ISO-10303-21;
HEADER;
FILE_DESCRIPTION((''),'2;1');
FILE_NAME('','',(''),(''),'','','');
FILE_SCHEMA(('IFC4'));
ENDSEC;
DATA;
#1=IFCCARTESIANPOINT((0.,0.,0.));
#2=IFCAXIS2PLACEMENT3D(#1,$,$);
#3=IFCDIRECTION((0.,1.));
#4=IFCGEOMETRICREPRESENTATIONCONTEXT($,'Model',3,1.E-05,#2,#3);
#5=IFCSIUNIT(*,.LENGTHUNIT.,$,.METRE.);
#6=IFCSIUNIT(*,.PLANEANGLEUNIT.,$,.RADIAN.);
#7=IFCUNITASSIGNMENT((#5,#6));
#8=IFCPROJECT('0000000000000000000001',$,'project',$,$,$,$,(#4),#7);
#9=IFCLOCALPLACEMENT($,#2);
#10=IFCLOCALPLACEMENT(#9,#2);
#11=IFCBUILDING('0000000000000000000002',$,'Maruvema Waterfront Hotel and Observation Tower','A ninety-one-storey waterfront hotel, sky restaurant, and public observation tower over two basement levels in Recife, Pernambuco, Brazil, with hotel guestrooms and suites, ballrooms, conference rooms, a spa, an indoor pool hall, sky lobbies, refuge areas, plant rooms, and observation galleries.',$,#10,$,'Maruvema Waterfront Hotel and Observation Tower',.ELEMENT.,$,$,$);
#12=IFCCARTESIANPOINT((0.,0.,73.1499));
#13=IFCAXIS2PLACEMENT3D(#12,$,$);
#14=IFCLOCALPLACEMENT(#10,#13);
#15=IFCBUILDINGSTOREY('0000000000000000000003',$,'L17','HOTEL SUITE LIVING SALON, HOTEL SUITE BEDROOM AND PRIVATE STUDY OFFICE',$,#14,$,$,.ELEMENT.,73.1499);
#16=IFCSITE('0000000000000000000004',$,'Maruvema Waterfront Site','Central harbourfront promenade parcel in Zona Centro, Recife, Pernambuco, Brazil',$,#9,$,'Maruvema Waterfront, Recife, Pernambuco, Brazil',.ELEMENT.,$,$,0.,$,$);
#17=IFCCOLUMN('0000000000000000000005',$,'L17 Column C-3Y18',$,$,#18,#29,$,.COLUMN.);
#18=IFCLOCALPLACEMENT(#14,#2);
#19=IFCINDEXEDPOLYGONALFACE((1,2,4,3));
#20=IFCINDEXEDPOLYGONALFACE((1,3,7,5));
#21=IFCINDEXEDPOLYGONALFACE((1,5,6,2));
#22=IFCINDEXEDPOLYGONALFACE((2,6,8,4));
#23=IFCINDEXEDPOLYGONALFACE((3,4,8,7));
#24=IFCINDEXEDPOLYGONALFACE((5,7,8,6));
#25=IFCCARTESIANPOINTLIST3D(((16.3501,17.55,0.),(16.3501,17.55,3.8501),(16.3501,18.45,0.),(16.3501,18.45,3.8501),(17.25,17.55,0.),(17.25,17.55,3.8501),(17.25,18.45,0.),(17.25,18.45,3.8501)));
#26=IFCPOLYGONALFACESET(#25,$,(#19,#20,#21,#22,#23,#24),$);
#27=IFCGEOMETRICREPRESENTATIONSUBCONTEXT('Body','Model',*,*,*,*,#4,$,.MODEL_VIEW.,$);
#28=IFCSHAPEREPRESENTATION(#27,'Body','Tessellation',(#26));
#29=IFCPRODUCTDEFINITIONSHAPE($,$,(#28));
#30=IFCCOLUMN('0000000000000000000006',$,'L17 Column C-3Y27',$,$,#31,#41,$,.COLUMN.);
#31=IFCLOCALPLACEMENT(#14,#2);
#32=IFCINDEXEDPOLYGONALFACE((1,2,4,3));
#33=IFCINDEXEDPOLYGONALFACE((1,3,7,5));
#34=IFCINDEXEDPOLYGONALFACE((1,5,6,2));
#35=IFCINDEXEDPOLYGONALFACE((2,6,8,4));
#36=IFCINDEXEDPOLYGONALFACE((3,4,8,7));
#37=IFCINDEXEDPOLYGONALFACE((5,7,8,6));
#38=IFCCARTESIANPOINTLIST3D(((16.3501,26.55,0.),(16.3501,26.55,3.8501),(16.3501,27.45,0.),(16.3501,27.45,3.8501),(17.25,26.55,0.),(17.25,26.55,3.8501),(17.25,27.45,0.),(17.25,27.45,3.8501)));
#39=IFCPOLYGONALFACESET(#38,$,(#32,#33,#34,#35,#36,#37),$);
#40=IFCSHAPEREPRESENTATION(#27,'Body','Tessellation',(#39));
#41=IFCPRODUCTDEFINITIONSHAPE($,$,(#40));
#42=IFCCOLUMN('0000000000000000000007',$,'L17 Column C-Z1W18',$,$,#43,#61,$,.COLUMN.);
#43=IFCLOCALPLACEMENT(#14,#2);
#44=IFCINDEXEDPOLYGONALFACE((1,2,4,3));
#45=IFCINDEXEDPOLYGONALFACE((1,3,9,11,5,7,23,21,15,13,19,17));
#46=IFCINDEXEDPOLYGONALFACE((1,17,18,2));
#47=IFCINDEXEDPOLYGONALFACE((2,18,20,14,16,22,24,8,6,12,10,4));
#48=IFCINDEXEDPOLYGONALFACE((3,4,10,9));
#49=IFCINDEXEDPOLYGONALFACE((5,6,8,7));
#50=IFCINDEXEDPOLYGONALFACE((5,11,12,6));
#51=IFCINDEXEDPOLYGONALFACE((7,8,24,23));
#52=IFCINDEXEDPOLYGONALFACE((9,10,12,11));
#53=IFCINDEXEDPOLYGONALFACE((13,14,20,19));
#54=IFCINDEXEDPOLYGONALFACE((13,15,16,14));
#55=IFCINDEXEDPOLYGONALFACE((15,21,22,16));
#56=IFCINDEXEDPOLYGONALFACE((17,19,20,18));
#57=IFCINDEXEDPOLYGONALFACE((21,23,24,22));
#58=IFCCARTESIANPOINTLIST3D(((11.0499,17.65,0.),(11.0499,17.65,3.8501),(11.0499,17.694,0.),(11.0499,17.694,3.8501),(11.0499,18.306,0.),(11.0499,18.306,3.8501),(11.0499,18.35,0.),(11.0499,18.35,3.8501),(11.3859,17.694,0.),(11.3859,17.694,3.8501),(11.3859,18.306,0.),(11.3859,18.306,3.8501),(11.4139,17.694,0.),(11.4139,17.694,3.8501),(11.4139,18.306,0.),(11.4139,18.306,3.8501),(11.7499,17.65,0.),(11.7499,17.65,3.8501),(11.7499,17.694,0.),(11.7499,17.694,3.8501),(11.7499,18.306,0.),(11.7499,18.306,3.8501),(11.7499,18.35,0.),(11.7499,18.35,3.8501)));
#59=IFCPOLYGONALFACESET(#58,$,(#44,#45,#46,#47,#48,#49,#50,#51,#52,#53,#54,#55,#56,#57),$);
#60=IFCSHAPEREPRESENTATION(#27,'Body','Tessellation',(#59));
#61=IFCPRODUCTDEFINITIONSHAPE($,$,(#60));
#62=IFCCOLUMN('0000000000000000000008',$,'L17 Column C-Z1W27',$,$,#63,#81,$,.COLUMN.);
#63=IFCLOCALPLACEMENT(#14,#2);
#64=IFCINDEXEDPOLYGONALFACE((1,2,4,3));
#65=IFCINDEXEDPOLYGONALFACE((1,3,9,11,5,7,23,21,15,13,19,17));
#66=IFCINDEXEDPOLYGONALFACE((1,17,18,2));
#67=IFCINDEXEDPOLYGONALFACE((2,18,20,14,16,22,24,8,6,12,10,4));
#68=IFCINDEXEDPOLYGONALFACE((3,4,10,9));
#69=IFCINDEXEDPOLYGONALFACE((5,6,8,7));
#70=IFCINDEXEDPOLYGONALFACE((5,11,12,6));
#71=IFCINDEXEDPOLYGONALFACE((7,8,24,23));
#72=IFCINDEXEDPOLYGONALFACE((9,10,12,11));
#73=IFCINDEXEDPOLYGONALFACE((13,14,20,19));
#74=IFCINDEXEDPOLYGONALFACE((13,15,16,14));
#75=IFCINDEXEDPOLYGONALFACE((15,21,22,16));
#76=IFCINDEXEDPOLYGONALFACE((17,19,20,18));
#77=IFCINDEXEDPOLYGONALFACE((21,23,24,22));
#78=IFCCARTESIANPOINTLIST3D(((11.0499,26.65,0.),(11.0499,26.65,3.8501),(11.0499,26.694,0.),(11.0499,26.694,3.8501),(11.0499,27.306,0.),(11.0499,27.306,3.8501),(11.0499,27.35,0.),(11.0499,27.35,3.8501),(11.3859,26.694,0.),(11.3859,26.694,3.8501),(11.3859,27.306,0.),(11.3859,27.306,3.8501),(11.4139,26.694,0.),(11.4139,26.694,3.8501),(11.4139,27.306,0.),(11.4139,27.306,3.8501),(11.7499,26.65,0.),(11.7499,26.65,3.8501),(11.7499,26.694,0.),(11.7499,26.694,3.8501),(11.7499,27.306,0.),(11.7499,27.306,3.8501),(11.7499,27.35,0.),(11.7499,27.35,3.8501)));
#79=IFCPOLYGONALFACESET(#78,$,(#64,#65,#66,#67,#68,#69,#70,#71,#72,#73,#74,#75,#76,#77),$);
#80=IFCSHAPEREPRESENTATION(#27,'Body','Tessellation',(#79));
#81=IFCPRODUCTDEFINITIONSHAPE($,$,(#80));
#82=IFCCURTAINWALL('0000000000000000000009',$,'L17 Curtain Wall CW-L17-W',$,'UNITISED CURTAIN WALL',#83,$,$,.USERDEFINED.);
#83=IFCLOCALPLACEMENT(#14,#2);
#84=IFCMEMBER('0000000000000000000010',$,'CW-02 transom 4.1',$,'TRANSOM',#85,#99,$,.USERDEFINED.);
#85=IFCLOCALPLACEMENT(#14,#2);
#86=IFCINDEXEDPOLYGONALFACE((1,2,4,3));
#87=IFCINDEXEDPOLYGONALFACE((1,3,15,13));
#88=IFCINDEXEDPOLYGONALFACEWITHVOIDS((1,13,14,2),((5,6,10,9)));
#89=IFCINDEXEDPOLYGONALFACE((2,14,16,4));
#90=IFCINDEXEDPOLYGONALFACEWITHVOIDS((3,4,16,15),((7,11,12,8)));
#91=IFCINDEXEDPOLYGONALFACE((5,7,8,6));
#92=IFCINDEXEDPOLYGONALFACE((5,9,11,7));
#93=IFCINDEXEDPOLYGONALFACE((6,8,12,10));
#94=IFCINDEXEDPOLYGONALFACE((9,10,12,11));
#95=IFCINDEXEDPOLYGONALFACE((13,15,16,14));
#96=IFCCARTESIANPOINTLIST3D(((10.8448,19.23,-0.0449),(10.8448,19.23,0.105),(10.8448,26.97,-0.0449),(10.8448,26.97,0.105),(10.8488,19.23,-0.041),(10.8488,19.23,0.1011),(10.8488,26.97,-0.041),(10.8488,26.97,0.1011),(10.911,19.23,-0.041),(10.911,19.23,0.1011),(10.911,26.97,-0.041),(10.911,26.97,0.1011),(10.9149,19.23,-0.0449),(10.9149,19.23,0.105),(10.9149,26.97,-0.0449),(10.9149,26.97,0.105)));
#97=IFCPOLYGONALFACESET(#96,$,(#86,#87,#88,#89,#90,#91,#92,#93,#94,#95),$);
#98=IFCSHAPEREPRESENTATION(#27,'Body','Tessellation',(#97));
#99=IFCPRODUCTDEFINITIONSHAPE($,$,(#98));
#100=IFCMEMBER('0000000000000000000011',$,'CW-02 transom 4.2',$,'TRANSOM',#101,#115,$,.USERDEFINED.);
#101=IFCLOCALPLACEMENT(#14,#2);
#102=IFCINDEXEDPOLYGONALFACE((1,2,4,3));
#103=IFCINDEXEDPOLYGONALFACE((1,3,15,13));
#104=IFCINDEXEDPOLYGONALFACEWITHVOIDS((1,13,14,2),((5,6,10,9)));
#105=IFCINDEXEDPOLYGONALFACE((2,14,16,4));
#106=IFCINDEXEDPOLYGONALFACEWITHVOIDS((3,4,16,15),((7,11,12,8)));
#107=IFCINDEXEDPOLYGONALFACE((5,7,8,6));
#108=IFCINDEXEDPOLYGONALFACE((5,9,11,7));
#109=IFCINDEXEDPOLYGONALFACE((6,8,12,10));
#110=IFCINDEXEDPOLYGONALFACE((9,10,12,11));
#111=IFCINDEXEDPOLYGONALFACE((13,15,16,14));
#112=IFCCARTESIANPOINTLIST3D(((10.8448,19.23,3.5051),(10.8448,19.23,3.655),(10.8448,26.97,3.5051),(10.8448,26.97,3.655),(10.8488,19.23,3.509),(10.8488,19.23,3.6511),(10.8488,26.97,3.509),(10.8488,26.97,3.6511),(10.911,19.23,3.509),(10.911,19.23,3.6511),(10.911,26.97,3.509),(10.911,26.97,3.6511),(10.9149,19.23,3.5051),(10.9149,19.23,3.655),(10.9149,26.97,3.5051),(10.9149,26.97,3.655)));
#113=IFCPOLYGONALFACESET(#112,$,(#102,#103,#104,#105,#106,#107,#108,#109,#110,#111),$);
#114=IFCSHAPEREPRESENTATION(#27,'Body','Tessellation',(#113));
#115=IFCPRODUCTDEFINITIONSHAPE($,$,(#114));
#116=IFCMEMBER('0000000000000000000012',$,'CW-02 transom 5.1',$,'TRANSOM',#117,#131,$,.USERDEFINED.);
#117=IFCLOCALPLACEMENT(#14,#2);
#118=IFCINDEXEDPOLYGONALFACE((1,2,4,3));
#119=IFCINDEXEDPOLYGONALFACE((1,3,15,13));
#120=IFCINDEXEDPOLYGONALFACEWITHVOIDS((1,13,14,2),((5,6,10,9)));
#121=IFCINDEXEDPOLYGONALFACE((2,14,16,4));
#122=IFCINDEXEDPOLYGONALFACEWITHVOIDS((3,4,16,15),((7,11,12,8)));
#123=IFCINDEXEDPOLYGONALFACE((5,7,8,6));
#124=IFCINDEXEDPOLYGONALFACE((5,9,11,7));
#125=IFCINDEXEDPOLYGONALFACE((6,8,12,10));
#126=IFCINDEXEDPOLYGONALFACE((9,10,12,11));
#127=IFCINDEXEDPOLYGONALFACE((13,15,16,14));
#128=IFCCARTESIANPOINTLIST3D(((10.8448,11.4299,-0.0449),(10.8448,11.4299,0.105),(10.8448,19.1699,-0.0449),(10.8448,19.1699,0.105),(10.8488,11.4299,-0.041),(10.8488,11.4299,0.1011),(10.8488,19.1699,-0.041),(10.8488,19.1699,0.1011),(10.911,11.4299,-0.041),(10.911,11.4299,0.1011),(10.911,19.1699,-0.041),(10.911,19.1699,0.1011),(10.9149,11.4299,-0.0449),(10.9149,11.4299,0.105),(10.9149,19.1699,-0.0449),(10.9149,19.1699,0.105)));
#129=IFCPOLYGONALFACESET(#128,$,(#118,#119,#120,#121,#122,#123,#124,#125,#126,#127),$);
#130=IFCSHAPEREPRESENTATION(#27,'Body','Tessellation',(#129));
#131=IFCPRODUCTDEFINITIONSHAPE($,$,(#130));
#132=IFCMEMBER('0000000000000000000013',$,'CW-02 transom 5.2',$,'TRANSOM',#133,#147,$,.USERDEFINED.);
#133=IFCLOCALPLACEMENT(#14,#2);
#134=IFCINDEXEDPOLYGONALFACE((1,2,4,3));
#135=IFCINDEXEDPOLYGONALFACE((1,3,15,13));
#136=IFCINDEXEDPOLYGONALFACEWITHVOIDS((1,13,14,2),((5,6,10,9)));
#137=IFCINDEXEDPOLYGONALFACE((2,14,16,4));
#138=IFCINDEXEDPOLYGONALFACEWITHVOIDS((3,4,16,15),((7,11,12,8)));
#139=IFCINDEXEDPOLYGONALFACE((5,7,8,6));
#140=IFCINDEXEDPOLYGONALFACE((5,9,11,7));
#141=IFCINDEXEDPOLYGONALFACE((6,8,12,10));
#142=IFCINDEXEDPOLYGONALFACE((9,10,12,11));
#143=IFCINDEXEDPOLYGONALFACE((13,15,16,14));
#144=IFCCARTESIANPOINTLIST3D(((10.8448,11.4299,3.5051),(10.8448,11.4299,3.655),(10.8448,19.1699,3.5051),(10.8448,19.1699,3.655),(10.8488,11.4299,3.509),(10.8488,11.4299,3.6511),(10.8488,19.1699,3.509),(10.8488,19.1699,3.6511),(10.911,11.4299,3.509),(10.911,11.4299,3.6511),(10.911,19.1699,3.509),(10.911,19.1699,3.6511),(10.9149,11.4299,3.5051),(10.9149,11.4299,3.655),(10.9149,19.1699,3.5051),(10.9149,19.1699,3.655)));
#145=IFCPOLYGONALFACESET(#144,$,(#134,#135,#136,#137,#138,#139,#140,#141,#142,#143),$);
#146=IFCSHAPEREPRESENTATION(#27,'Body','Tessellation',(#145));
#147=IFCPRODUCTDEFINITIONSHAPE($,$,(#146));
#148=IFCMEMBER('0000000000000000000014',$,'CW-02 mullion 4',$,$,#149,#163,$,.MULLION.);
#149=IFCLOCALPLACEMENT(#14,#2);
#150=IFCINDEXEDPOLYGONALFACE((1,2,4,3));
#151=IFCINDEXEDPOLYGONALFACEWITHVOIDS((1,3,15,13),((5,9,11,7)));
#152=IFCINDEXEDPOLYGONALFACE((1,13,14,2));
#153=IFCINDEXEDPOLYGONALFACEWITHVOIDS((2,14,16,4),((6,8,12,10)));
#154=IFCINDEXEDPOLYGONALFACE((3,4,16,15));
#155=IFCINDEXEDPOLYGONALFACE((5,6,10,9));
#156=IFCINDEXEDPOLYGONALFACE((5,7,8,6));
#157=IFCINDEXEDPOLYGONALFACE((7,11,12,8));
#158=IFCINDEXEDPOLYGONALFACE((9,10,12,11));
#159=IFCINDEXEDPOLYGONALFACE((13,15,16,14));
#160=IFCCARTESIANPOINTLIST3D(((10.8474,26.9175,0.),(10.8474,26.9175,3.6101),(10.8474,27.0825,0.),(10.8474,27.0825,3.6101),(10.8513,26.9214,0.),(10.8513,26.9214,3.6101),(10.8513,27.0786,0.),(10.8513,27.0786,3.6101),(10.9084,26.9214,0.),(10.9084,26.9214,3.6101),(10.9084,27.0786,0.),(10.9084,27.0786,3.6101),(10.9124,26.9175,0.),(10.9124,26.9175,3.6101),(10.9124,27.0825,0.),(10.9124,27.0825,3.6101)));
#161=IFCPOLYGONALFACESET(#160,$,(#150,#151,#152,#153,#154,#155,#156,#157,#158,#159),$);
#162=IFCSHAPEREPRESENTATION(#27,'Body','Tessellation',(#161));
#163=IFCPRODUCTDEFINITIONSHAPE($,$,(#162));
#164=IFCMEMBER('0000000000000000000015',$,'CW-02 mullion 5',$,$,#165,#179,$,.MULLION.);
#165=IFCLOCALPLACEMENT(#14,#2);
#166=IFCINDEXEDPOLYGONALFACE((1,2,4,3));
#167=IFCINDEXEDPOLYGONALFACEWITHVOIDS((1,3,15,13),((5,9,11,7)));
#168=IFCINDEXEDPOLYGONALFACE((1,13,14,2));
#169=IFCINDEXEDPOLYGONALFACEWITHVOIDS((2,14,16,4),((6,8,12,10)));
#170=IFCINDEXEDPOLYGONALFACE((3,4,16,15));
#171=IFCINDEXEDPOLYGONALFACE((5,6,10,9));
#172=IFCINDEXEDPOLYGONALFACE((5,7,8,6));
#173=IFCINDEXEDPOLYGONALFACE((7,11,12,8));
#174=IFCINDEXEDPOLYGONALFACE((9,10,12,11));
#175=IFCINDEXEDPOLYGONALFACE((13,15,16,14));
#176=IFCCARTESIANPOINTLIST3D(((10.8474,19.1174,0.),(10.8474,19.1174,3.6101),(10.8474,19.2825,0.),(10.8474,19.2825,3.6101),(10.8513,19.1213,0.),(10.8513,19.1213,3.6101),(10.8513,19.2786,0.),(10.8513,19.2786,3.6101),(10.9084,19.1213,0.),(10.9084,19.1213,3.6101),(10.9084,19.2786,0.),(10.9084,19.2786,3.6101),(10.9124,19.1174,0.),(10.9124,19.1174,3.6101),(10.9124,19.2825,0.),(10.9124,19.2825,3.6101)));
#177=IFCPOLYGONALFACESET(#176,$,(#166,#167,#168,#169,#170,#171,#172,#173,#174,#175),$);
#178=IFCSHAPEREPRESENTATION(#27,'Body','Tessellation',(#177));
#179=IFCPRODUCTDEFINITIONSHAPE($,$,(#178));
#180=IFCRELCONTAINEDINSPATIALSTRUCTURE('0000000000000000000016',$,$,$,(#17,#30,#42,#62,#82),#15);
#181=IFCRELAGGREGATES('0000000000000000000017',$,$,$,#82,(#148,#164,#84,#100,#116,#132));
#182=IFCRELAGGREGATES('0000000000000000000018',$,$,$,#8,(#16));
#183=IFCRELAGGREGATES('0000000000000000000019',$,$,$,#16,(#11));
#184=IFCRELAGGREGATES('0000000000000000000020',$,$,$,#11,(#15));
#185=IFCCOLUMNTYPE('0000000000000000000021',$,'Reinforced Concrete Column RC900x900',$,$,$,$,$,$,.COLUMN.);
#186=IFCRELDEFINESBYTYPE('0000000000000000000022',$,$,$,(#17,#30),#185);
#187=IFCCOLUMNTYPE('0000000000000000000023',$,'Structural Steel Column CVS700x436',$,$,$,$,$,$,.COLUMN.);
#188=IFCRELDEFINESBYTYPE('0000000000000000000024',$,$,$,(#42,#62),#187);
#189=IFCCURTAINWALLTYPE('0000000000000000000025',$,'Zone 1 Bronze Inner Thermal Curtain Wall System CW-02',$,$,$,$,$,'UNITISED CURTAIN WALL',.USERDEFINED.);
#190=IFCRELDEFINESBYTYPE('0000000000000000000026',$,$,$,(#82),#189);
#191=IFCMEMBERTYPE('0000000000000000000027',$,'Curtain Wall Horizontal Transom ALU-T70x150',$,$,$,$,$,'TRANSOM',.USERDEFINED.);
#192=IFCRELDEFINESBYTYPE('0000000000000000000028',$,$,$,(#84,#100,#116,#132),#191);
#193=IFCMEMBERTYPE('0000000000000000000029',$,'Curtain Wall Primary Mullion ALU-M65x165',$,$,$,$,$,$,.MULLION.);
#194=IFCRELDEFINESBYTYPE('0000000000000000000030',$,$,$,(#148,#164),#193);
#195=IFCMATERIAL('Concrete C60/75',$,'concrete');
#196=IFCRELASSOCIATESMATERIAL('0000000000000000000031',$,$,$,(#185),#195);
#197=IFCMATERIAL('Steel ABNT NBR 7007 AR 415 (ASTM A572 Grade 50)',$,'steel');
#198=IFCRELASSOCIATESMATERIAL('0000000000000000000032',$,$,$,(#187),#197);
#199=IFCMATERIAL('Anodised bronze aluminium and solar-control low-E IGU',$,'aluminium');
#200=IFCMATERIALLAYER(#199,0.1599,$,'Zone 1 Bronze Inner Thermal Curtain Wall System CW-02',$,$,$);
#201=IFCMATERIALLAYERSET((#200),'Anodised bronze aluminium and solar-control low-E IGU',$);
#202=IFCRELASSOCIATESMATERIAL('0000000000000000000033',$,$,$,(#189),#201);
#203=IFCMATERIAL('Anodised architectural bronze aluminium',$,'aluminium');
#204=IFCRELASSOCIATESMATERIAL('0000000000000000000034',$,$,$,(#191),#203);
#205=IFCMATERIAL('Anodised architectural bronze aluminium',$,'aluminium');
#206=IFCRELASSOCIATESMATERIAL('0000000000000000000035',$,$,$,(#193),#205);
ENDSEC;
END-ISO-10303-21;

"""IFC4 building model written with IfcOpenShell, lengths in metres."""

from ifc_helpers import new_model, si_unit, direction, frame, origin, origin_2d, place, context, subcontext, project, spatial, rectangle, hollow_rectangle, i_section, extrude, material, layer, layer_set, material_profile, profile_set, type_object, element, aggregate, save


model = new_model("IFC4")

# Units and contexts
model_context = context("Model", 3, precision=1e-05, world=origin(), true_north=direction((0.0, 1.0)))
body_context = subcontext(model_context, "Body", "Model", "MODEL_VIEW")
ifc_project = project(units=[si_unit("LENGTHUNIT", "METRE"), si_unit("PLANEANGLEUNIT", "RADIAN")], contexts=[model_context])

# Site, building, storey
site_placement = place(None, origin())
site = spatial("IfcSite", under=ifc_project, at=site_placement, Name="Maruvema Waterfront Site", Description="Central harbourfront promenade parcel in Zona Centro, Recife, Pernambuco, Brazil", LongName="Maruvema Waterfront, Recife, Pernambuco, Brazil", CompositionType="ELEMENT", RefElevation=0.0)
building_placement = place(site_placement, origin())
building = spatial("IfcBuilding", under=site, at=building_placement, Name="Maruvema Waterfront Hotel and Observation Tower", Description="A ninety-one-storey waterfront hotel, sky restaurant, and public observation tower over two basement levels in Recife, Pernambuco, Brazil, with hotel guestrooms and suites, ballrooms, conference rooms, a spa, an indoor pool hall, sky lobbies, refuge areas, plant rooms, and observation galleries.", LongName="Maruvema Waterfront Hotel and Observation Tower", CompositionType="ELEMENT")
storey_placement = place(building_placement, frame((0.0, 0.0, 73.1499)))
storey = spatial("IfcBuildingStorey", under=building, at=storey_placement, Name="L17", Description="HOTEL SUITE LIVING SALON, HOTEL SUITE BEDROOM AND PRIVATE STUDY OFFICE", CompositionType="ELEMENT", Elevation=73.1499)

# Columns
ifc_material_1 = material(Name="Concrete C60/75", Category="concrete")
ifc_material_profile_1 = material_profile(ifc_material_1, rectangle(XDim=0.8999, YDim=0.8999, at=origin_2d()), Name="RC900x900")
ifc_profile_set_1 = profile_set([ifc_material_profile_1], Name="Concrete C60/75")
column_type_1 = type_object("IfcColumnType", Name="Reinforced Concrete Column RC900x900", PredefinedType="COLUMN", material=ifc_profile_set_1)
for number, where, z_axis, x_axis, name in (
    (1, (16.8, 18.0, 0.0), (0.0, 0.0, 1.0), (1.0, 0.0, 0.0), "L17 Column C-3Y18"),
    (2, (16.8, 27.0, 0.0), (0.0, 0.0, 1.0), (1.0, 0.0, 0.0), "L17 Column C-3Y27"),
):
    element("IfcColumn", number, at=place(storey_placement, frame(where, z_axis=z_axis, x_axis=x_axis)), inside=storey, type_object=column_type_1, Name=name, PredefinedType="COLUMN", context=body_context, shape_type="SweptSolid", body=[
        extrude(rectangle(XDim=0.8999, YDim=0.8999, at=origin_2d()), origin(), (0.0, 0.0, 1.0), 3.8501),
    ])
ifc_material_2 = material(Name="Steel ABNT NBR 7007 AR 415 (ASTM A572 Grade 50)", Category="steel")
ifc_material_profile_2 = material_profile(ifc_material_2, i_section(OverallWidth=0.7, OverallDepth=0.7, WebThickness=0.0281, FlangeThickness=0.0439, at=origin_2d()), Name="CVS700x436")
ifc_profile_set_2 = profile_set([ifc_material_profile_2], Name="Steel ABNT NBR 7007 AR 415 (ASTM A572 Grade 50)")
column_type_2 = type_object("IfcColumnType", Name="Structural Steel Column CVS700x436", PredefinedType="COLUMN", material=ifc_profile_set_2)
for number, where, z_axis, x_axis, name in (
    (3, (11.3999, 18.0, 0.0), (0.0, 0.0, 1.0), (1.0, 0.0, 0.0), "L17 Column C-Z1W18"),
    (4, (11.3999, 27.0, 0.0), (0.0, 0.0, 1.0), (1.0, 0.0, 0.0), "L17 Column C-Z1W27"),
):
    element("IfcColumn", number, at=place(storey_placement, frame(where, z_axis=z_axis, x_axis=x_axis)), inside=storey, type_object=column_type_2, Name=name, PredefinedType="COLUMN", context=body_context, shape_type="SweptSolid", body=[
        extrude(i_section(OverallWidth=0.7, OverallDepth=0.7, WebThickness=0.0281, FlangeThickness=0.0439, at=origin_2d()), origin(), (0.0, 0.0, 1.0), 3.8501),
    ])

# Curtain wall, members
ifc_material_3 = material(Name="Anodised bronze aluminium and solar-control low-E IGU", Category="aluminium")
ifc_layer_1 = layer(ifc_material_3, 0.1599, Name="Zone 1 Bronze Inner Thermal Curtain Wall System CW-02")
ifc_layer_set_1 = layer_set([ifc_layer_1], Name="Anodised bronze aluminium and solar-control low-E IGU")
curtain_wall_type = type_object("IfcCurtainWallType", Name="Zone 1 Bronze Inner Thermal Curtain Wall System CW-02", ElementType="UNITISED CURTAIN WALL", PredefinedType="USERDEFINED", material=ifc_layer_set_1)
curtain_wall_placement = place(storey_placement, origin())
curtain_wall = element("IfcCurtainWall", 5, at=curtain_wall_placement, inside=storey, type_object=curtain_wall_type, Name="L17 Curtain Wall CW-L17-W", ObjectType="UNITISED CURTAIN WALL", PredefinedType="USERDEFINED")
ifc_material_4 = material(Name="Anodised architectural bronze aluminium", Category="aluminium")
ifc_material_profile_3 = material_profile(ifc_material_4, hollow_rectangle(XDim=0.0701, YDim=0.1499, WallThickness=0.0039, at=origin_2d()), Name="ALU-T70x150")
ifc_profile_set_3 = profile_set([ifc_material_profile_3], Name="Anodised architectural bronze aluminium")
member_type_1 = type_object("IfcMemberType", Name="Curtain Wall Horizontal Transom ALU-T70x150", ElementType="TRANSOM", PredefinedType="USERDEFINED", material=ifc_profile_set_3)
member_1_placement = place(storey_placement, frame((10.8799, 26.97, 0.03), z_axis=(0.0, -1.0, 0.0), x_axis=(1.0, 0.0, 0.0)))
member_1 = element("IfcMember", 6, at=member_1_placement, type_object=member_type_1, Name="CW-02 transom 4.1", ObjectType="TRANSOM", PredefinedType="USERDEFINED", context=body_context, shape_type="SweptSolid", body=[
    extrude(hollow_rectangle(XDim=0.0701, YDim=0.1499, WallThickness=0.0039, at=origin_2d()), origin(), (0.0, 0.0, 1.0), 7.74),
])
member_2_placement = place(storey_placement, frame((10.8799, 26.97, 3.5801), z_axis=(0.0, -1.0, 0.0), x_axis=(1.0, 0.0, 0.0)))
member_2 = element("IfcMember", 7, at=member_2_placement, type_object=member_type_1, Name="CW-02 transom 4.2", ObjectType="TRANSOM", PredefinedType="USERDEFINED", context=body_context, shape_type="SweptSolid", body=[
    extrude(hollow_rectangle(XDim=0.0701, YDim=0.1499, WallThickness=0.0039, at=origin_2d()), origin(), (0.0, 0.0, 1.0), 7.74),
])
member_3_placement = place(storey_placement, frame((10.8799, 19.1699, 0.03), z_axis=(0.0, -1.0, 0.0), x_axis=(1.0, 0.0, 0.0)))
member_3 = element("IfcMember", 8, at=member_3_placement, type_object=member_type_1, Name="CW-02 transom 5.1", ObjectType="TRANSOM", PredefinedType="USERDEFINED", context=body_context, shape_type="SweptSolid", body=[
    extrude(hollow_rectangle(XDim=0.0701, YDim=0.1499, WallThickness=0.0039, at=origin_2d()), origin(), (0.0, 0.0, 1.0), 7.74),
])
member_4_placement = place(storey_placement, frame((10.8799, 19.1699, 3.5801), z_axis=(0.0, -1.0, 0.0), x_axis=(1.0, 0.0, 0.0)))
member_4 = element("IfcMember", 9, at=member_4_placement, type_object=member_type_1, Name="CW-02 transom 5.2", ObjectType="TRANSOM", PredefinedType="USERDEFINED", context=body_context, shape_type="SweptSolid", body=[
    extrude(hollow_rectangle(XDim=0.0701, YDim=0.1499, WallThickness=0.0039, at=origin_2d()), origin(), (0.0, 0.0, 1.0), 7.74),
])
ifc_material_5 = material(Name="Anodised architectural bronze aluminium", Category="aluminium")
ifc_material_profile_4 = material_profile(ifc_material_5, hollow_rectangle(XDim=0.0649, YDim=0.165, WallThickness=0.0039, at=origin_2d()), Name="ALU-M65x165")
ifc_profile_set_4 = profile_set([ifc_material_profile_4], Name="Anodised architectural bronze aluminium")
member_type_2 = type_object("IfcMemberType", Name="Curtain Wall Primary Mullion ALU-M65x165", PredefinedType="MULLION", material=ifc_profile_set_4)
member_5_placement = place(storey_placement, frame((10.8799, 27.0, 0.0), z_axis=(0.0, 0.0, 1.0), x_axis=(1.0, 0.0, 0.0)))
member_5 = element("IfcMember", 10, at=member_5_placement, type_object=member_type_2, Name="CW-02 mullion 4", PredefinedType="MULLION", context=body_context, shape_type="SweptSolid", body=[
    extrude(hollow_rectangle(XDim=0.0649, YDim=0.165, WallThickness=0.0039, at=origin_2d()), origin(), (0.0, 0.0, 1.0), 3.6101),
])
member_6_placement = place(storey_placement, frame((10.8799, 19.2, 0.0), z_axis=(0.0, 0.0, 1.0), x_axis=(1.0, 0.0, 0.0)))
member_6 = element("IfcMember", 11, at=member_6_placement, type_object=member_type_2, Name="CW-02 mullion 5", PredefinedType="MULLION", context=body_context, shape_type="SweptSolid", body=[
    extrude(hollow_rectangle(XDim=0.0649, YDim=0.165, WallThickness=0.0039, at=origin_2d()), origin(), (0.0, 0.0, 1.0), 3.6101),
])

aggregate(curtain_wall, [member_5, member_6, member_1, member_2, member_3, member_4])

save(model, "model.ifc")
